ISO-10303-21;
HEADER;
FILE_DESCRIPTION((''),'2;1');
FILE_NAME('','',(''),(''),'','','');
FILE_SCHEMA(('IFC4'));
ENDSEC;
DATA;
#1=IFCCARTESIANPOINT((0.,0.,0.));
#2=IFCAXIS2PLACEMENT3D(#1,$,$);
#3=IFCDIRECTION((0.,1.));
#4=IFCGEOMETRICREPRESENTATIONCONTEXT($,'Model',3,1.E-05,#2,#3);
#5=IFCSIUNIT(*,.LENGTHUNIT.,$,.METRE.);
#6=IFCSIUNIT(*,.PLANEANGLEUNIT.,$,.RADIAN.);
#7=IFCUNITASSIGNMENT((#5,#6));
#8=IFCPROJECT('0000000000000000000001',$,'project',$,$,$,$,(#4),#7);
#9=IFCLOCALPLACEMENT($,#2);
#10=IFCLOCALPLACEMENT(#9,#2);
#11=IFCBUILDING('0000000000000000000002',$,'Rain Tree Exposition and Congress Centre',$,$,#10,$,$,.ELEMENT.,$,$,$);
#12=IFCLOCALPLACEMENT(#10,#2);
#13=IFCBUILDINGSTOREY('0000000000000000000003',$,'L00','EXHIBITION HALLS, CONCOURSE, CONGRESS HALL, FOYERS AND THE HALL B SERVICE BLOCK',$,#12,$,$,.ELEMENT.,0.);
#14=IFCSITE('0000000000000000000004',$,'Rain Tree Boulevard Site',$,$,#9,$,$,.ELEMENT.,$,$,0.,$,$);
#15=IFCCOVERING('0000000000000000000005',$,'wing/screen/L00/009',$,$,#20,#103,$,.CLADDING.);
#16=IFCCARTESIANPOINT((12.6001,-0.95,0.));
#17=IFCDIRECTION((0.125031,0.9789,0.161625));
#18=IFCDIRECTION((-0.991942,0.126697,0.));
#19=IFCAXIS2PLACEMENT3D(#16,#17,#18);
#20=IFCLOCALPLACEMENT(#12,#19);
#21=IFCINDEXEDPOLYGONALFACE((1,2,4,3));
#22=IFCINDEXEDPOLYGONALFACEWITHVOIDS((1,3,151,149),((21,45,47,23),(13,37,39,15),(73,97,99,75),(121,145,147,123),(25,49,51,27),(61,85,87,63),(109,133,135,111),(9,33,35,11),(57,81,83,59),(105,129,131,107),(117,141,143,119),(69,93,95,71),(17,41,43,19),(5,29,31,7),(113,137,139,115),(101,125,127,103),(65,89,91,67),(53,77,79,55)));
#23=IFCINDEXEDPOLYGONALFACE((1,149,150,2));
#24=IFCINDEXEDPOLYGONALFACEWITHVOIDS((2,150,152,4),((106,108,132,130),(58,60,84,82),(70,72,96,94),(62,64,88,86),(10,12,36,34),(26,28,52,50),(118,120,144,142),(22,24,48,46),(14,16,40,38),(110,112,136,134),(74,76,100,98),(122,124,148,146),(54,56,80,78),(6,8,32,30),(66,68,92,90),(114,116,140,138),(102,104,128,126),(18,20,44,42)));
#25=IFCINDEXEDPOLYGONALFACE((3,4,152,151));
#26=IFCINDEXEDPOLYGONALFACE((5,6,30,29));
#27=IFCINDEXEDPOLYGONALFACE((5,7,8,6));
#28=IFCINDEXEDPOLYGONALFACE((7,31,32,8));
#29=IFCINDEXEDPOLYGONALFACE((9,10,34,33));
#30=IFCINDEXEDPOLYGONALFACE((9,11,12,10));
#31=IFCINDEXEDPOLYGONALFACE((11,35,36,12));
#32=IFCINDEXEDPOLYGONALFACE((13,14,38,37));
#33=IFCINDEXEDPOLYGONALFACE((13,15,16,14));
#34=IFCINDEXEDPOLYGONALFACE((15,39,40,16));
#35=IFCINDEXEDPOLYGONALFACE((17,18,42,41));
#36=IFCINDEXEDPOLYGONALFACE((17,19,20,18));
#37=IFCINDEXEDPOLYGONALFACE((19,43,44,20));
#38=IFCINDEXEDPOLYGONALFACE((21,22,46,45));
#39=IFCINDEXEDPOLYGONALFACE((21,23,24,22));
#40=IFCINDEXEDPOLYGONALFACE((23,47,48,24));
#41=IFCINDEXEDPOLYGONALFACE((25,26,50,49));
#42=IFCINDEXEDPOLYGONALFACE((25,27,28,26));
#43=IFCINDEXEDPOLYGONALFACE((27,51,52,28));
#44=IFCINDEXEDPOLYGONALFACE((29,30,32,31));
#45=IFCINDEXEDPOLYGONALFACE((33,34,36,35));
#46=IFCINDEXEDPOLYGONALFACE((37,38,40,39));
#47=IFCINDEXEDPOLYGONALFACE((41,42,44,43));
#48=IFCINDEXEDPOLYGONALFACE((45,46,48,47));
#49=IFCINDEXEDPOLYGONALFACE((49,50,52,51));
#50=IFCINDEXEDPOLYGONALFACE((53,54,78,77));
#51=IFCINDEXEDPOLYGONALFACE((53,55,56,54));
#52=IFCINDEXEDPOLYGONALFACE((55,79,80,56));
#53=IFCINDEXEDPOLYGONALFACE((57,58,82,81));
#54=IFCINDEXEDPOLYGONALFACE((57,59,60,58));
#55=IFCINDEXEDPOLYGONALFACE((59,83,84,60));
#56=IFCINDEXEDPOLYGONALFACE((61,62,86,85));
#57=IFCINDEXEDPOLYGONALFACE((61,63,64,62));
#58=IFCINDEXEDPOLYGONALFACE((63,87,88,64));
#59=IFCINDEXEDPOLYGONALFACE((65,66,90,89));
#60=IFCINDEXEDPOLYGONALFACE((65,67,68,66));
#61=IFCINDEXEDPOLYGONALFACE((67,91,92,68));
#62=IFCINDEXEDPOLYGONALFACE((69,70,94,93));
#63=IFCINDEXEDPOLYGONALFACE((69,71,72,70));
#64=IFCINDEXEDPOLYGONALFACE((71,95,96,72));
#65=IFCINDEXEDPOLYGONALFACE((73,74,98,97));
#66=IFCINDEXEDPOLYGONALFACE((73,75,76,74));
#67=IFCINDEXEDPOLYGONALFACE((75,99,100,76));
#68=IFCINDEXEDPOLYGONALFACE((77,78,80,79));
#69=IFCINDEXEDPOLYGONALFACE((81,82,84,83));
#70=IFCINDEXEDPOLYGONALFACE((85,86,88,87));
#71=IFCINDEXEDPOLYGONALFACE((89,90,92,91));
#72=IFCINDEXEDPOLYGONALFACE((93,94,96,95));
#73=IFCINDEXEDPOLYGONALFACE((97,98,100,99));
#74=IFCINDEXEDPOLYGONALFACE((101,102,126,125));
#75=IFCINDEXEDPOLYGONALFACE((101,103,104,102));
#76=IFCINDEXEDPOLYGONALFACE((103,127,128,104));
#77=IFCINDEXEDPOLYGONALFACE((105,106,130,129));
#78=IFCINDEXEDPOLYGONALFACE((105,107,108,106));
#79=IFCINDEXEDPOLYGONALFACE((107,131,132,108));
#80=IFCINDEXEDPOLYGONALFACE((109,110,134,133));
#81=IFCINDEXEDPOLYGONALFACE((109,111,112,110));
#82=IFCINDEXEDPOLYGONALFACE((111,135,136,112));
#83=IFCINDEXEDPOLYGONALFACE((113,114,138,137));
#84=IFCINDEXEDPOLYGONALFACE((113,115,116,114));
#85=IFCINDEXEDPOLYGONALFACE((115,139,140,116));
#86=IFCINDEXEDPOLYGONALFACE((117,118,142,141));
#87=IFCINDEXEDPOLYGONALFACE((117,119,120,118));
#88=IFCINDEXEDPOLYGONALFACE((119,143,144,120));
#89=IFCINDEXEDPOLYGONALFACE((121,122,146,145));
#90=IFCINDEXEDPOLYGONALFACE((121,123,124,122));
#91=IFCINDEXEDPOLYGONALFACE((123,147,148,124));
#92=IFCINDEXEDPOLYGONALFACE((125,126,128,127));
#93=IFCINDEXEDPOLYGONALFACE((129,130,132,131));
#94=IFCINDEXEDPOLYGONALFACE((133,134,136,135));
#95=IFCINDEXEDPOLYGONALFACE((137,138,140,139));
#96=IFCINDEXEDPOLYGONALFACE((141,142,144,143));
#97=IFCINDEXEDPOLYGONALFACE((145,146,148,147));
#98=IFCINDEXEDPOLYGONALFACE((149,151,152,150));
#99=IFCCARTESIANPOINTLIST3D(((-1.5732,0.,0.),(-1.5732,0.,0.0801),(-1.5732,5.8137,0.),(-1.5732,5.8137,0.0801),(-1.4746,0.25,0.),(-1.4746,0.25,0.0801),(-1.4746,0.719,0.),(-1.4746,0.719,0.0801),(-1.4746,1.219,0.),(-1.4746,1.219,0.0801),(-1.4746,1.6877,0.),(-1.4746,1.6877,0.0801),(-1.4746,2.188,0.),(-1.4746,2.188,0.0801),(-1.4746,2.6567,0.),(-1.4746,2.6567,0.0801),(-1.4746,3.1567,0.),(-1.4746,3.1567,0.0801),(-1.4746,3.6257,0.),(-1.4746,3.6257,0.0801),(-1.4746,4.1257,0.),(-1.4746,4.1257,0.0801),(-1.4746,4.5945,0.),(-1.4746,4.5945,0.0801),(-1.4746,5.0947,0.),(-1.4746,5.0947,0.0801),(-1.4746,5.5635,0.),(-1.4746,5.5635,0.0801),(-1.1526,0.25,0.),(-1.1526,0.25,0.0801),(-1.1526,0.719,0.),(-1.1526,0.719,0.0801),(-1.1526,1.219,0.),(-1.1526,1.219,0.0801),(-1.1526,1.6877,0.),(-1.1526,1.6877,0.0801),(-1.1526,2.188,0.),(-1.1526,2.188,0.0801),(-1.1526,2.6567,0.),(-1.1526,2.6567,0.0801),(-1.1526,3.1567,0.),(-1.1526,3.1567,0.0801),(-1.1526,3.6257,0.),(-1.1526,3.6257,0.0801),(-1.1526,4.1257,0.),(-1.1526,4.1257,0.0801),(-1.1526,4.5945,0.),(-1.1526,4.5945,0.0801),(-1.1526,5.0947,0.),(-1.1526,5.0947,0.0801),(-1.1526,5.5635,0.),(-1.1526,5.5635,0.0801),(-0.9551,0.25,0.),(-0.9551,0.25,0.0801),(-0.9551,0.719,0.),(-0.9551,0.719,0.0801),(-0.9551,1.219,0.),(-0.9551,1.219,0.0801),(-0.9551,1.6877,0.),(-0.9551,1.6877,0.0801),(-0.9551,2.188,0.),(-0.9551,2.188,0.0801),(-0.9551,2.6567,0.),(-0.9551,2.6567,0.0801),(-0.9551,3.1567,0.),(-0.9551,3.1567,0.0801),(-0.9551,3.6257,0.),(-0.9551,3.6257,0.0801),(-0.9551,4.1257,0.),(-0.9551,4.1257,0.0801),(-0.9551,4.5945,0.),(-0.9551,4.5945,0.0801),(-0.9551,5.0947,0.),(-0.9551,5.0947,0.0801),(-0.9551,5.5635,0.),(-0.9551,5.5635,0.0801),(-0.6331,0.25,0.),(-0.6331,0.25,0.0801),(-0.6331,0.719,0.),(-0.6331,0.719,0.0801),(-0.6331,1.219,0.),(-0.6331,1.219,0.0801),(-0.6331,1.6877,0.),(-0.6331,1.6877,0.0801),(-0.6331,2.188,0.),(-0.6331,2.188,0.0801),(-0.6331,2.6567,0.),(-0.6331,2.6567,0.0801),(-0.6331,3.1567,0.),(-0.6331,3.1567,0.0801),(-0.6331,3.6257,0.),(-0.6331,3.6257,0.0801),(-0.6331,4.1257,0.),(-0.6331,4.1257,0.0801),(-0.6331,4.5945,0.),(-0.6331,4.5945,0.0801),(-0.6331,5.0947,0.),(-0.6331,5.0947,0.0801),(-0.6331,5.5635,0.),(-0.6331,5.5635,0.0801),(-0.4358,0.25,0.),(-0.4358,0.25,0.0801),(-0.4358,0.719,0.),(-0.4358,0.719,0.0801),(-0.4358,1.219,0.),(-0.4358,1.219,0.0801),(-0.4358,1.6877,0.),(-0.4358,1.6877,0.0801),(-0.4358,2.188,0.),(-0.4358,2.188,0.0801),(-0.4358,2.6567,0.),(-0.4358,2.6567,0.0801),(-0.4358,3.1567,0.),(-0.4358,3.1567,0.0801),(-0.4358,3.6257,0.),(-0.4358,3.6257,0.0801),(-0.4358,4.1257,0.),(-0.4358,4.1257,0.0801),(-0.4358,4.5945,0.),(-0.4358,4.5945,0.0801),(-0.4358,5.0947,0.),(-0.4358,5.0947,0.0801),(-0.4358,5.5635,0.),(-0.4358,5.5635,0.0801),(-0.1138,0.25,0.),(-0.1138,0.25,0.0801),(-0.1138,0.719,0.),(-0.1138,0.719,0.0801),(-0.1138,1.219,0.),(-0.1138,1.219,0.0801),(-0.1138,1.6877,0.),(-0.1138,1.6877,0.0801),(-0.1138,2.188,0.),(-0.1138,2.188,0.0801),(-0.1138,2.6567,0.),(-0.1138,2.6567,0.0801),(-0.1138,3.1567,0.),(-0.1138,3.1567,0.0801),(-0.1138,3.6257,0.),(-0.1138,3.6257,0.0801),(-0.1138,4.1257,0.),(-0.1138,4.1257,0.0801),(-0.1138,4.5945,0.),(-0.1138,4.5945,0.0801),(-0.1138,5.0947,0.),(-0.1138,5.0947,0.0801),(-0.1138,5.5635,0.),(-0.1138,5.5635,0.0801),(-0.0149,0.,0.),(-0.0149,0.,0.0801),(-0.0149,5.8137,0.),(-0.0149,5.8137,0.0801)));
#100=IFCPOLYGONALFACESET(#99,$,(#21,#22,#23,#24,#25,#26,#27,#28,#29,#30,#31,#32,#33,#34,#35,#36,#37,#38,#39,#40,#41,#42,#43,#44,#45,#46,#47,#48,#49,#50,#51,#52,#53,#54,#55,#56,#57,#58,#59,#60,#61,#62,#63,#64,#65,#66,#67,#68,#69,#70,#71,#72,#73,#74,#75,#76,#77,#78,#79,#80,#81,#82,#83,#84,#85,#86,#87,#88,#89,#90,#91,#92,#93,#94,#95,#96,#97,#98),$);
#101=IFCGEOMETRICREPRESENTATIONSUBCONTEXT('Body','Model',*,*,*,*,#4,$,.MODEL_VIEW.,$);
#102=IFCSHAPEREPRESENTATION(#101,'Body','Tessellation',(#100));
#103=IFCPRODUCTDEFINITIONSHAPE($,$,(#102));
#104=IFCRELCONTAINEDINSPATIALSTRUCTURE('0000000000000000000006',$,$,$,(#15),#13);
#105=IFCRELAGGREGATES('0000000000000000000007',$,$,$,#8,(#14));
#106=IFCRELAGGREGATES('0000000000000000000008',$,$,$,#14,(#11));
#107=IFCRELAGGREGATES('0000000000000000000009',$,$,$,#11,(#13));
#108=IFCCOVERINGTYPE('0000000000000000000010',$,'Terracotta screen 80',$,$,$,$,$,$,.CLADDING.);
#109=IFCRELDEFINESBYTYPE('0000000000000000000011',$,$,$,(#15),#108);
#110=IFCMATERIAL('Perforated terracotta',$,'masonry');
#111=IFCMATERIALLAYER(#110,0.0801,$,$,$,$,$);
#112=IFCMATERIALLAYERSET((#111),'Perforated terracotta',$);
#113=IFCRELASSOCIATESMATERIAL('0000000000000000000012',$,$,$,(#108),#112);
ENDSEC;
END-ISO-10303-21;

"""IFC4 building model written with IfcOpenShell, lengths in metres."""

from ifc_helpers import new_model, si_unit, direction, frame, origin, place, context, subcontext, project, spatial, polyline, outline, extrude, material, layer, layer_set, type_object, element, save


model = new_model("IFC4")

# Units and contexts
model_context = context("Model", 3, precision=1e-05, world=origin(), true_north=direction((0.0, 1.0)))
body_context = subcontext(model_context, "Body", "Model", "MODEL_VIEW")
ifc_project = project(units=[si_unit("LENGTHUNIT", "METRE"), si_unit("PLANEANGLEUNIT", "RADIAN")], contexts=[model_context])

# Site, building, storey
site_placement = place(None, origin())
site = spatial("IfcSite", under=ifc_project, at=site_placement, Name="Rain Tree Boulevard Site", CompositionType="ELEMENT", RefElevation=0.0)
building_placement = place(site_placement, origin())
building = spatial("IfcBuilding", under=site, at=building_placement, Name="Rain Tree Exposition and Congress Centre", CompositionType="ELEMENT")
storey_placement = place(building_placement, origin())
storey = spatial("IfcBuildingStorey", under=building, at=storey_placement, Name="L00", Description="EXHIBITION HALLS, CONCOURSE, CONGRESS HALL, FOYERS AND THE HALL B SERVICE BLOCK", CompositionType="ELEMENT", Elevation=0.0)

# Covering
ifc_material_1 = material(Name="Perforated terracotta", Category="masonry")
ifc_layer_1 = layer(ifc_material_1, 0.0801)
ifc_layer_set_1 = layer_set([ifc_layer_1], Name="Perforated terracotta")
covering_type = type_object("IfcCoveringType", Name="Terracotta screen 80", PredefinedType="CLADDING", material=ifc_layer_set_1)
covering_1_placement = place(storey_placement, frame((12.6001, -0.95, 0.0), z_axis=(0.125031, 0.9789, 0.161625), x_axis=(-0.991942, 0.126697, 0.0)))
element("IfcCovering", 1, at=covering_1_placement, inside=storey, type_object=covering_type, Name="wing/screen/L00/009", PredefinedType="CLADDING", context=body_context, shape_type="SweptSolid", body=[
    extrude(outline(polyline([(-1.5732, 0.0), (-1.5732, 5.8137), (-0.0149, 5.8137), (-0.0149, 0.0), (-1.5732, 0.0)]), holes=[polyline([(-0.1138, 0.25), (-0.1138, 0.719), (-0.4358, 0.719), (-0.4358, 0.25), (-0.1138, 0.25)]), polyline([(-0.1138, 1.219), (-0.1138, 1.6877), (-0.4358, 1.6877), (-0.4358, 1.219), (-0.1138, 1.219)]), polyline([(-0.1138, 2.188), (-0.1138, 2.6567), (-0.4358, 2.6567), (-0.4358, 2.188), (-0.1138, 2.188)]), polyline([(-0.1138, 3.1567), (-0.1138, 3.6257), (-0.4358, 3.6257), (-0.4358, 3.1567), (-0.1138, 3.1567)]), polyline([(-0.1138, 4.1257), (-0.1138, 4.5945), (-0.4358, 4.5945), (-0.4358, 4.1257), (-0.1138, 4.1257)]), polyline([(-0.1138, 5.0947), (-0.1138, 5.5635), (-0.4358, 5.5635), (-0.4358, 5.0947), (-0.1138, 5.0947)]), polyline([(-0.6331, 0.25), (-0.6331, 0.719), (-0.9551, 0.719), (-0.9551, 0.25), (-0.6331, 0.25)]), polyline([(-0.6331, 1.219), (-0.6331, 1.6877), (-0.9551, 1.6877), (-0.9551, 1.219), (-0.6331, 1.219)]), polyline([(-0.6331, 2.188), (-0.6331, 2.6567), (-0.9551, 2.6567), (-0.9551, 2.188), (-0.6331, 2.188)]), polyline([(-0.6331, 3.1567), (-0.6331, 3.6257), (-0.9551, 3.6257), (-0.9551, 3.1567), (-0.6331, 3.1567)]), polyline([(-0.6331, 4.1257), (-0.6331, 4.5945), (-0.9551, 4.5945), (-0.9551, 4.1257), (-0.6331, 4.1257)]), polyline([(-0.6331, 5.0947), (-0.6331, 5.5635), (-0.9551, 5.5635), (-0.9551, 5.0947), (-0.6331, 5.0947)]), polyline([(-1.1526, 0.25), (-1.1526, 0.719), (-1.4746, 0.719), (-1.4746, 0.25), (-1.1526, 0.25)]), polyline([(-1.1526, 1.219), (-1.1526, 1.6877), (-1.4746, 1.6877), (-1.4746, 1.219), (-1.1526, 1.219)]), polyline([(-1.1526, 2.188), (-1.1526, 2.6567), (-1.4746, 2.6567), (-1.4746, 2.188), (-1.1526, 2.188)]), polyline([(-1.1526, 3.1567), (-1.1526, 3.6257), (-1.4746, 3.6257), (-1.4746, 3.1567), (-1.1526, 3.1567)]), polyline([(-1.1526, 4.1257), (-1.1526, 4.5945), (-1.4746, 4.5945), (-1.4746, 4.1257), (-1.1526, 4.1257)]), polyline([(-1.1526, 5.0947), (-1.1526, 5.5635), (-1.4746, 5.5635), (-1.4746, 5.0947), (-1.1526, 5.0947)])]), origin(), (0.0, 0.0, 1.0), 0.0801),
])

save(model, "model.ifc")
